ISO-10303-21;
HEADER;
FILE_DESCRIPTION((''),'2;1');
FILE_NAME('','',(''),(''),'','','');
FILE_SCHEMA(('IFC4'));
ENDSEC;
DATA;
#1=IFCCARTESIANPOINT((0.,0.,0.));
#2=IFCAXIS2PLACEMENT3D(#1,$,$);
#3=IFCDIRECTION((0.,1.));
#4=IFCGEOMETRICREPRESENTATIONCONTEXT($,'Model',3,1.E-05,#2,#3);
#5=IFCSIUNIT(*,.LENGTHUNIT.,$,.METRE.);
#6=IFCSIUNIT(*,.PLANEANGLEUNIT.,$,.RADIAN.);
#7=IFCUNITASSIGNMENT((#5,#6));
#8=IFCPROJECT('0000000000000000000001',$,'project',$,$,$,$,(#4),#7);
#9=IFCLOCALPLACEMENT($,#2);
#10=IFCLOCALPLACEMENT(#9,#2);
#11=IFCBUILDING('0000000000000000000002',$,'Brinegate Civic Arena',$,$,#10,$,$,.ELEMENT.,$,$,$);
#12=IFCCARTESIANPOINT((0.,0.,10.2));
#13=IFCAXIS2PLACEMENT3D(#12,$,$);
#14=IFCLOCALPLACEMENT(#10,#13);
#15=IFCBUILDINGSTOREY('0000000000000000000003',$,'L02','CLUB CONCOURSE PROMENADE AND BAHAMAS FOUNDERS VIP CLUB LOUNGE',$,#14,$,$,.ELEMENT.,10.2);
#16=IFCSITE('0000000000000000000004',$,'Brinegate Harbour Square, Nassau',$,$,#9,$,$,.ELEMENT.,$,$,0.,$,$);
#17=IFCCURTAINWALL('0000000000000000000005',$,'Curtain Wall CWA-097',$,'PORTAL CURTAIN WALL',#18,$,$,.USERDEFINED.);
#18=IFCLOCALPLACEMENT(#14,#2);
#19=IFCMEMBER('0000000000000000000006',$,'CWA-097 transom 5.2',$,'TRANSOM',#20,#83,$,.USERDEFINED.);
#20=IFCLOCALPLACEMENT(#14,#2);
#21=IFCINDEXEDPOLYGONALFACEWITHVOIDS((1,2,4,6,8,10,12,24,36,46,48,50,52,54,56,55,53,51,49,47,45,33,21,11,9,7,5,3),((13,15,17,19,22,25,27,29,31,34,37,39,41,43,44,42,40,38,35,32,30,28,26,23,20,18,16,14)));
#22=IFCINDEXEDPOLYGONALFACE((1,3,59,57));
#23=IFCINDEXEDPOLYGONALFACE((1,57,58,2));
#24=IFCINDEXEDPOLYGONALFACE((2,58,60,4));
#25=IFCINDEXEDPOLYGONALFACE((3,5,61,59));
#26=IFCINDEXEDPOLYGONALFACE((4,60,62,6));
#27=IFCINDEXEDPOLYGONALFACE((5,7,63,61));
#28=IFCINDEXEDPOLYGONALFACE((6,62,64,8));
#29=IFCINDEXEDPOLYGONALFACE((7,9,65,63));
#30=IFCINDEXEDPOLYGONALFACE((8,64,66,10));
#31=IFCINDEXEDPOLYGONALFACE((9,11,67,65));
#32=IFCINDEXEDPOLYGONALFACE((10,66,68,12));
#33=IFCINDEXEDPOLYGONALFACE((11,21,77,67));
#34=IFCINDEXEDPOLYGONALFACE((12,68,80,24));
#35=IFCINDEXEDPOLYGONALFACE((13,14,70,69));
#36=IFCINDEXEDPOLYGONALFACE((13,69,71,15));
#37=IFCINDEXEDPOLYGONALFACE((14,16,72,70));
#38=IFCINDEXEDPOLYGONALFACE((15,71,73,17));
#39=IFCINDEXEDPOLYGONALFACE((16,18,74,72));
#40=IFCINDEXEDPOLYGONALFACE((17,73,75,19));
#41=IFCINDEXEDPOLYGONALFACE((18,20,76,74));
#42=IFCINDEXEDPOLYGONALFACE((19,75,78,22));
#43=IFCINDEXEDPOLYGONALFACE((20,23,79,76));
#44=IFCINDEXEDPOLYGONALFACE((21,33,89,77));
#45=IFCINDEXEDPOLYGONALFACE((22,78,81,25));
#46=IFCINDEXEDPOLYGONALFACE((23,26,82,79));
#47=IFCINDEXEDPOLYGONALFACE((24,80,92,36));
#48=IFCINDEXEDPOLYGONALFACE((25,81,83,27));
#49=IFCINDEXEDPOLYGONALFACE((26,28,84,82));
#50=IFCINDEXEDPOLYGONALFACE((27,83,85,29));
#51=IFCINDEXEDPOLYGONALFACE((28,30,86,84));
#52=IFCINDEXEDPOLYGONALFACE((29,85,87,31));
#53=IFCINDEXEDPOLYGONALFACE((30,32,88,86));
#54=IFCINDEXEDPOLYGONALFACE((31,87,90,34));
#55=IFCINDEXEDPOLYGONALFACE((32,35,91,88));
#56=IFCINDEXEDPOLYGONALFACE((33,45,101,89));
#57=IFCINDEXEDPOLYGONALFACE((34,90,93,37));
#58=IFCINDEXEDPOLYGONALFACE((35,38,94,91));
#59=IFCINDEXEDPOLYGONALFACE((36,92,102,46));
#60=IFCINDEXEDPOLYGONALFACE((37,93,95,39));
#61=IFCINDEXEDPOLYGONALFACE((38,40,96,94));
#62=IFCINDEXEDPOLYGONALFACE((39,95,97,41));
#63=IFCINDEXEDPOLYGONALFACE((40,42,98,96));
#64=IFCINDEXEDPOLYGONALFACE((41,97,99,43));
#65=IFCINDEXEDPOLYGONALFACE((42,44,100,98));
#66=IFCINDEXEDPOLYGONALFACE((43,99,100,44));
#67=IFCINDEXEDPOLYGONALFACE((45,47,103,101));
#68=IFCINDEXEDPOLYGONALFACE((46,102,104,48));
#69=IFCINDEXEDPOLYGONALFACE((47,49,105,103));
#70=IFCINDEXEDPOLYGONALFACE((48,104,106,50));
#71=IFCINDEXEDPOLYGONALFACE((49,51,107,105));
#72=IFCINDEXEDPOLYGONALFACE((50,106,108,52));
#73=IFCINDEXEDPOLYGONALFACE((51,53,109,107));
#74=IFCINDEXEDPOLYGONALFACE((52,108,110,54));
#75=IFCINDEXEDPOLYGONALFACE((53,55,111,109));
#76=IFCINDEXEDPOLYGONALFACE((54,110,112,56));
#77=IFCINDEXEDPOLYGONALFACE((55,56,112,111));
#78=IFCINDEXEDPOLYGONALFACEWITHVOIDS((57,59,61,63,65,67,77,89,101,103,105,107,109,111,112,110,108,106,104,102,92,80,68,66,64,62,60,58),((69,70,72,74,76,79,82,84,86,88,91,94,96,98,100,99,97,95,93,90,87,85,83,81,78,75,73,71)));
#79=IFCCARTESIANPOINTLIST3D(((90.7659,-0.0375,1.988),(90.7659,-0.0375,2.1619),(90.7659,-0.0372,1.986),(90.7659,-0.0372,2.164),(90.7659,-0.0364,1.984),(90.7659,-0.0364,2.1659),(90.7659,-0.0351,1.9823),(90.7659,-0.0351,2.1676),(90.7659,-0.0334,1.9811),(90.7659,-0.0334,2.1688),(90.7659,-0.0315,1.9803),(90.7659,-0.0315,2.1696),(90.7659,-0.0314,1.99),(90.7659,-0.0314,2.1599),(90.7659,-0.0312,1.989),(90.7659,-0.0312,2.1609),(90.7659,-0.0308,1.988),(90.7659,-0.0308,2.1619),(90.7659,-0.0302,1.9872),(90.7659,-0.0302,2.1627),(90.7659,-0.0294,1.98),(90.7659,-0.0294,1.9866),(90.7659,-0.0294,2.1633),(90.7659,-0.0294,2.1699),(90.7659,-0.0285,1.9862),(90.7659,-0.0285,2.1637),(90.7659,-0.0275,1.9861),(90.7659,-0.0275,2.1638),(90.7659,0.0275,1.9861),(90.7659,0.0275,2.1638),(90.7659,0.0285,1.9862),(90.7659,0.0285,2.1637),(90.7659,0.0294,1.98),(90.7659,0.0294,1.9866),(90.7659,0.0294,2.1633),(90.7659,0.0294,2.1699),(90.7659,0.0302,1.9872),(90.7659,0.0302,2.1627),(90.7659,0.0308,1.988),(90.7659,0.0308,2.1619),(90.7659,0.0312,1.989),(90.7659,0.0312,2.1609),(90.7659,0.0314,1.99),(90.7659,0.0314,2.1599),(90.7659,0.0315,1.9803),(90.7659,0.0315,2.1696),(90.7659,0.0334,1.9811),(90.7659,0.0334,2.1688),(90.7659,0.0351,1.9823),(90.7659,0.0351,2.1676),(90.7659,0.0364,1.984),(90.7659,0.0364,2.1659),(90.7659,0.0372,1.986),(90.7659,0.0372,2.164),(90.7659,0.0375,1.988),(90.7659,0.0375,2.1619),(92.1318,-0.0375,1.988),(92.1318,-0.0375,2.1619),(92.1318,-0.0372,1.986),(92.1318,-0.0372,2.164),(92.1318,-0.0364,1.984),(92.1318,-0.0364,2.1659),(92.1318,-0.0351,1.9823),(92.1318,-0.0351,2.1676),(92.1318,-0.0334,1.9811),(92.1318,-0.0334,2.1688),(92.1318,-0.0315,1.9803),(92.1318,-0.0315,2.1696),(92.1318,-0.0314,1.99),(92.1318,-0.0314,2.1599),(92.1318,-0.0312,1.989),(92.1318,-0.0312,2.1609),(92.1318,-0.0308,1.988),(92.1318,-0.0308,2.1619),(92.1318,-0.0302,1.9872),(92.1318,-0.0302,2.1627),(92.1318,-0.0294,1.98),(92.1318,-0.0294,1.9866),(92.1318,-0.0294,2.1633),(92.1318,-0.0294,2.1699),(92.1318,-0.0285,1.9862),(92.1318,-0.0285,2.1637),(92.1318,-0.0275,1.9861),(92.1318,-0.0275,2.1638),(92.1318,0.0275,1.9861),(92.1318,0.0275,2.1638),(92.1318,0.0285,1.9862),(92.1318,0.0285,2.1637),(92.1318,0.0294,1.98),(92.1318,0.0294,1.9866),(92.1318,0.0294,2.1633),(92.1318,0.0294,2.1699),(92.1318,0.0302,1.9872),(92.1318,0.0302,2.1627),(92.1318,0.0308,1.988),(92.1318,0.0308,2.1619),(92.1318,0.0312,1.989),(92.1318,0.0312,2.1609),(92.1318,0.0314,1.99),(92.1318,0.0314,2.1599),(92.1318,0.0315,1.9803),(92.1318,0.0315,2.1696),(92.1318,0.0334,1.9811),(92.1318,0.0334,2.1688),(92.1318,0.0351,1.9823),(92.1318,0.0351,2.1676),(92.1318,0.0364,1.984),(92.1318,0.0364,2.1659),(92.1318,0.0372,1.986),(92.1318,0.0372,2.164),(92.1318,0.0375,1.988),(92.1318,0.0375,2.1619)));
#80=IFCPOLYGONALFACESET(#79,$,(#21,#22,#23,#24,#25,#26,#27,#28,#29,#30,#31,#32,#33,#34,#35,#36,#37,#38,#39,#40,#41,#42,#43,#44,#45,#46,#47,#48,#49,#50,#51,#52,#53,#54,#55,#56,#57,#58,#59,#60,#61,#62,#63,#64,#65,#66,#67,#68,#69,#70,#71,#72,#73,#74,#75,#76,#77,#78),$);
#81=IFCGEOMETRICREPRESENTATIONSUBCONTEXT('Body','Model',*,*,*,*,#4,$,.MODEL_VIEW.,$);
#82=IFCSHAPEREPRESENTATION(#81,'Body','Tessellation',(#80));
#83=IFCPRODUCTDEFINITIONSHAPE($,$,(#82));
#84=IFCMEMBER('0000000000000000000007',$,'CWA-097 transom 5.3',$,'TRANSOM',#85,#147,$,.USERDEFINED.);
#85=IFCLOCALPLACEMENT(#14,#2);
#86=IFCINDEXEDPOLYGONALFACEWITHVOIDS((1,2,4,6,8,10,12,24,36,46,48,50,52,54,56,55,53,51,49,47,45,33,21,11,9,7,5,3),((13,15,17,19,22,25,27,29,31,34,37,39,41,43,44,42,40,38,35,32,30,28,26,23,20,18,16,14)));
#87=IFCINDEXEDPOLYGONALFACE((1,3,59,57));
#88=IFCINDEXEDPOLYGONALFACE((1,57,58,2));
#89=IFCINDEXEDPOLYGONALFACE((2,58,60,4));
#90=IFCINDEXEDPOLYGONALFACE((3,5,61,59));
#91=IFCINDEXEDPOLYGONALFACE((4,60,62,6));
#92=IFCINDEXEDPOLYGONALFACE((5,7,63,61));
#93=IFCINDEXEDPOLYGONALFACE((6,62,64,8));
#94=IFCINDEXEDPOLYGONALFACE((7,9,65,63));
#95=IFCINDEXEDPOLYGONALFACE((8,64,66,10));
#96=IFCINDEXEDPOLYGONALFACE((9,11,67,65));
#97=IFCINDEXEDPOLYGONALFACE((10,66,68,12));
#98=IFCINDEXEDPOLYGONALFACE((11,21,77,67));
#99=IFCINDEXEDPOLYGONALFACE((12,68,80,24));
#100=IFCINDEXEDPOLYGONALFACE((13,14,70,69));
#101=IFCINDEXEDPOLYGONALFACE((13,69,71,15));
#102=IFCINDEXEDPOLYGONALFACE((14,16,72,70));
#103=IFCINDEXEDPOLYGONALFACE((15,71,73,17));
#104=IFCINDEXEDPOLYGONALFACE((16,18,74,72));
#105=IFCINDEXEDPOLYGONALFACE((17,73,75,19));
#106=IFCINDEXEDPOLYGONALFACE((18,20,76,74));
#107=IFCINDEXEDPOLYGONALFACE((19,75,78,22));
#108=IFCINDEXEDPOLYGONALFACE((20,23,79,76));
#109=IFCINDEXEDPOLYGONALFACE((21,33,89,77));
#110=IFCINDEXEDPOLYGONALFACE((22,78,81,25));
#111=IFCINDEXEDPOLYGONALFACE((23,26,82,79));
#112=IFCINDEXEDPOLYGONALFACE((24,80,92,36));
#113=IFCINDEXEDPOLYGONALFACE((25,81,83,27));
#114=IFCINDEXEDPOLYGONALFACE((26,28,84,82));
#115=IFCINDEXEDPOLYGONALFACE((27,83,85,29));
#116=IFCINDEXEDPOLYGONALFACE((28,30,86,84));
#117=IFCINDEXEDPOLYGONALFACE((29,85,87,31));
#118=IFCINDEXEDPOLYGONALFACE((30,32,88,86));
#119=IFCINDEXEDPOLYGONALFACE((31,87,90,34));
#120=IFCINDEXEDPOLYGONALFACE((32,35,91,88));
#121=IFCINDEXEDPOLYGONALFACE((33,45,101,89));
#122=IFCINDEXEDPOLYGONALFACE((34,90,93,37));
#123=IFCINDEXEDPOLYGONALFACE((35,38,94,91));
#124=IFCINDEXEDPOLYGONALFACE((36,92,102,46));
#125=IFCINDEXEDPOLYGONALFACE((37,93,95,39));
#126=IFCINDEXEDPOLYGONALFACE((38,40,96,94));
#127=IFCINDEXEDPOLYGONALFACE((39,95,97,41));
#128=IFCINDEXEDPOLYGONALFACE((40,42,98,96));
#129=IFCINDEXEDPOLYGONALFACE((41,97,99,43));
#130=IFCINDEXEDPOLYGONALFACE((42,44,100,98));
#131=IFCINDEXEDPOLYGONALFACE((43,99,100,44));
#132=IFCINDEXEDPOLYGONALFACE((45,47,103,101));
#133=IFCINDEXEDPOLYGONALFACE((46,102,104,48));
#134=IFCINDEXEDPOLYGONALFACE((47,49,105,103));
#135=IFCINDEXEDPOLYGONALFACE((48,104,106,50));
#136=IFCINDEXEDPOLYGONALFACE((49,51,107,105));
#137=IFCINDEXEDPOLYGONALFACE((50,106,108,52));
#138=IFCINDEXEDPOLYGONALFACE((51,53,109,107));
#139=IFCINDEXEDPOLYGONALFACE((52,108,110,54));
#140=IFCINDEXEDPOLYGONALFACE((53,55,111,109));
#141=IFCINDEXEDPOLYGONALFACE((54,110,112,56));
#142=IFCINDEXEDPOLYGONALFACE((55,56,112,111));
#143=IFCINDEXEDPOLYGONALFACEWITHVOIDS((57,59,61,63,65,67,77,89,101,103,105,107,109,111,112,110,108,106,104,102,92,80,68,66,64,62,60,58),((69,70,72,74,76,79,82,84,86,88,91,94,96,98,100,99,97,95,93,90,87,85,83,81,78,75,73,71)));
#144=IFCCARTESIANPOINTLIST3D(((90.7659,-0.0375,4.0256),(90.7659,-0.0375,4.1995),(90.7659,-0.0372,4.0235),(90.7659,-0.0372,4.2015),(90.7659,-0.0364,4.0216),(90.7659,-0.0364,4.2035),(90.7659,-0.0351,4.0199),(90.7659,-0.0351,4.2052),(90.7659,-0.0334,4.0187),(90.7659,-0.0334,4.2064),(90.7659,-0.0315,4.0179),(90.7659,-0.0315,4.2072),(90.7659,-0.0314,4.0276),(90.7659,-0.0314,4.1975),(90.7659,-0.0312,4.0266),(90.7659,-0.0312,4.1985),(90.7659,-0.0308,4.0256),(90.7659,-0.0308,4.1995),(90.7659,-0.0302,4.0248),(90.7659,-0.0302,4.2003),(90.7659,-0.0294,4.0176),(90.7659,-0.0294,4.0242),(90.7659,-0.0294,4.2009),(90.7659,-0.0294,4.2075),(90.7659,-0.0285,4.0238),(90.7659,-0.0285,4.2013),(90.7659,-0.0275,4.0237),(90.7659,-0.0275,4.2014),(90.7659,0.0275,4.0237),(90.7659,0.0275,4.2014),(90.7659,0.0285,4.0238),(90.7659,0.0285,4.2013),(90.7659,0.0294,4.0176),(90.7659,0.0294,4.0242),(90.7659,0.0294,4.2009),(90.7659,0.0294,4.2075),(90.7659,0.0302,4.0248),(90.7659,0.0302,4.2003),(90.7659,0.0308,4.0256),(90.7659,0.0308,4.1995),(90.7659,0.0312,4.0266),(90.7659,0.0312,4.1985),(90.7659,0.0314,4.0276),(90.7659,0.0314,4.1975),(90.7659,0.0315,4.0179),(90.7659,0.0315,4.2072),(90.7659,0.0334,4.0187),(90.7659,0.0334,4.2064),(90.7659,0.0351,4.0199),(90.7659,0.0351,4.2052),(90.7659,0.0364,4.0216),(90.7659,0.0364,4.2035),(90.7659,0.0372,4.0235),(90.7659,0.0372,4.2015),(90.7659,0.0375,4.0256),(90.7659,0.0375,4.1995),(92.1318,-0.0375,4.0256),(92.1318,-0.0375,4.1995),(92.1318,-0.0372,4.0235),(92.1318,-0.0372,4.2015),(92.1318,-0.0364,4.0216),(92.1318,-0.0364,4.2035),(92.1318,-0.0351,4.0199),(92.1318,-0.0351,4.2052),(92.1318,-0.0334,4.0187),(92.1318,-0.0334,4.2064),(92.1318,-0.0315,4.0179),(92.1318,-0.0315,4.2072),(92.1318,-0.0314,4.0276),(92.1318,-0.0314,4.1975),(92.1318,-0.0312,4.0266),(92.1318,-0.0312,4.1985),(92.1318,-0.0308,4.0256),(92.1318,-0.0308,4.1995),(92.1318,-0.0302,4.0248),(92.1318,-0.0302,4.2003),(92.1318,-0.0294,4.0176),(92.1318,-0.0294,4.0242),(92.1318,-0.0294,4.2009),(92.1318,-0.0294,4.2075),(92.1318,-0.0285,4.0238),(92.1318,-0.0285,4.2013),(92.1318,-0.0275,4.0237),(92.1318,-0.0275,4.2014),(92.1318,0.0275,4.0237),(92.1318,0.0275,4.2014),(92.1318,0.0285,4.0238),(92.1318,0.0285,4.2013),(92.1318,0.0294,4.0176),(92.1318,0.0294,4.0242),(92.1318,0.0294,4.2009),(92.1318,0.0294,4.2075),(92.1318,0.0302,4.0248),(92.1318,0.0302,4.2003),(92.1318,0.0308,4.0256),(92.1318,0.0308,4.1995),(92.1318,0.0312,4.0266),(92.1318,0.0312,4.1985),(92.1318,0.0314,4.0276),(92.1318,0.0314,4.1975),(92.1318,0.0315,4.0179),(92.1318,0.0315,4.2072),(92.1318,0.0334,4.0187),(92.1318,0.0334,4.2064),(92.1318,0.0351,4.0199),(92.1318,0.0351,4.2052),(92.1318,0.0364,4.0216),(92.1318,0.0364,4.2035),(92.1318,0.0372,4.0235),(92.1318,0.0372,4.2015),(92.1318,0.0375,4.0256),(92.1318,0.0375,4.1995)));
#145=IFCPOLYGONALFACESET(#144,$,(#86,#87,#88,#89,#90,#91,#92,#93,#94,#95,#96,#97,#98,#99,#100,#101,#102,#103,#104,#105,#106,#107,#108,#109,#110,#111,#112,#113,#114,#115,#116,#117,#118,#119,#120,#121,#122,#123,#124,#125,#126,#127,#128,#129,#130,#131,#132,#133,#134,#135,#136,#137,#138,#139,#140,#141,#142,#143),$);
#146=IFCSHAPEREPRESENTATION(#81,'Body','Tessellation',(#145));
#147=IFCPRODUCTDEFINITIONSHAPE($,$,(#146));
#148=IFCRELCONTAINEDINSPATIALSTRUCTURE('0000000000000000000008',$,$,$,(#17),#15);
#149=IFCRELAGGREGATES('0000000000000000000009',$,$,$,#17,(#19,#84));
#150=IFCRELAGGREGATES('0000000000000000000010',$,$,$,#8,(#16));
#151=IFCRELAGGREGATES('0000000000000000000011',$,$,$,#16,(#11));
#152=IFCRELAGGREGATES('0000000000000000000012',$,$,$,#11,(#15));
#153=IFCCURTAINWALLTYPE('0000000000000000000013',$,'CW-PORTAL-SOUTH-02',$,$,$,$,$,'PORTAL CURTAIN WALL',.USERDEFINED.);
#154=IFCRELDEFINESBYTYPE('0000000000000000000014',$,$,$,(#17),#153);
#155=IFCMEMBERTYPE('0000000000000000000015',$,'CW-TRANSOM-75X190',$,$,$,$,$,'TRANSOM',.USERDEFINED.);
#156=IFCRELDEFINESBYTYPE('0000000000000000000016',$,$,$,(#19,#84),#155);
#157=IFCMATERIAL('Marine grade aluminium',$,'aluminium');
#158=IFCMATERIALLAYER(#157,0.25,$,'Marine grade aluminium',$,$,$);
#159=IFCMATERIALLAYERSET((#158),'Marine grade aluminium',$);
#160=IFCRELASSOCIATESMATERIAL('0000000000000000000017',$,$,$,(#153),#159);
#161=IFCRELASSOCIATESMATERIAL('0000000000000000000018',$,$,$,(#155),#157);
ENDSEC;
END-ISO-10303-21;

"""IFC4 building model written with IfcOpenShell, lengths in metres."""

from ifc_helpers import new_model, si_unit, direction, frame, origin, origin_2d, place, context, subcontext, project, spatial, hollow_rectangle, extrude, material, layer, layer_set, material_profile, profile_set, type_object, element, aggregate, save


model = new_model("IFC4")

# Units and contexts
model_context = context("Model", 3, precision=1e-05, world=origin(), true_north=direction((0.0, 1.0)))
body_context = subcontext(model_context, "Body", "Model", "MODEL_VIEW")
ifc_project = project(units=[si_unit("LENGTHUNIT", "METRE"), si_unit("PLANEANGLEUNIT", "RADIAN")], contexts=[model_context])

# Site, building, storey
site_placement = place(None, origin())
site = spatial("IfcSite", under=ifc_project, at=site_placement, Name="Brinegate Harbour Square, Nassau", CompositionType="ELEMENT", RefElevation=0.0)
building_placement = place(site_placement, origin())
building = spatial("IfcBuilding", under=site, at=building_placement, Name="Brinegate Civic Arena", CompositionType="ELEMENT")
storey_placement = place(building_placement, frame((0.0, 0.0, 10.2)))
storey = spatial("IfcBuildingStorey", under=building, at=storey_placement, Name="L02", Description="CLUB CONCOURSE PROMENADE AND BAHAMAS FOUNDERS VIP CLUB LOUNGE", CompositionType="ELEMENT", Elevation=10.2)

# Curtain wall, members
ifc_material_1 = material(Name="Marine grade aluminium", Category="aluminium")
ifc_layer_1 = layer(ifc_material_1, 0.25, Name="Marine grade aluminium")
ifc_layer_set_1 = layer_set([ifc_layer_1], Name="Marine grade aluminium")
curtain_wall_type = type_object("IfcCurtainWallType", Name="CW-PORTAL-SOUTH-02", ElementType="PORTAL CURTAIN WALL", PredefinedType="USERDEFINED", material=ifc_layer_set_1)
curtain_wall_placement = place(storey_placement, origin())
curtain_wall = element("IfcCurtainWall", 1, at=curtain_wall_placement, inside=storey, type_object=curtain_wall_type, Name="Curtain Wall CWA-097", ObjectType="PORTAL CURTAIN WALL", PredefinedType="USERDEFINED")
ifc_material_profile_1 = material_profile(ifc_material_1, hollow_rectangle(XDim=0.075, YDim=0.1899, WallThickness=0.0061, InnerFilletRadius=0.0039, OuterFilletRadius=0.0081, at=origin_2d()), Name="TRN75X190")
ifc_profile_set_1 = profile_set([ifc_material_profile_1], Name="Marine grade aluminium")
member_type_1 = type_object("IfcMemberType", Name="CW-TRANSOM-75X190", ElementType="TRANSOM", PredefinedType="USERDEFINED", material=ifc_profile_set_1)
member_1_placement = place(storey_placement, frame((90.7659, 0.0, 2.075), z_axis=(1.0, 0.0, 0.0), x_axis=(0.0, 1.0, 0.0)))
member_1 = element("IfcMember", 2, at=member_1_placement, type_object=member_type_1, Name="CWA-097 transom 5.2", ObjectType="TRANSOM", PredefinedType="USERDEFINED", context=body_context, shape_type="SweptSolid", body=[
    extrude(hollow_rectangle(XDim=0.075, YDim=0.1899, WallThickness=0.0061, InnerFilletRadius=0.0039, OuterFilletRadius=0.0081, at=origin_2d()), origin(), (0.0, 0.0, 1.0), 1.366),
])
member_2_placement = place(storey_placement, frame((90.7659, 0.0, 4.1125), z_axis=(1.0, 0.0, 0.0), x_axis=(0.0, 1.0, 0.0)))
member_2 = element("IfcMember", 3, at=member_2_placement, type_object=member_type_1, Name="CWA-097 transom 5.3", ObjectType="TRANSOM", PredefinedType="USERDEFINED", context=body_context, shape_type="SweptSolid", body=[
    extrude(hollow_rectangle(XDim=0.075, YDim=0.1899, WallThickness=0.0061, InnerFilletRadius=0.0039, OuterFilletRadius=0.0081, at=origin_2d()), origin(), (0.0, 0.0, 1.0), 1.366),
])
aggregate(curtain_wall, [member_1, member_2])

save(model, "model.ifc")
